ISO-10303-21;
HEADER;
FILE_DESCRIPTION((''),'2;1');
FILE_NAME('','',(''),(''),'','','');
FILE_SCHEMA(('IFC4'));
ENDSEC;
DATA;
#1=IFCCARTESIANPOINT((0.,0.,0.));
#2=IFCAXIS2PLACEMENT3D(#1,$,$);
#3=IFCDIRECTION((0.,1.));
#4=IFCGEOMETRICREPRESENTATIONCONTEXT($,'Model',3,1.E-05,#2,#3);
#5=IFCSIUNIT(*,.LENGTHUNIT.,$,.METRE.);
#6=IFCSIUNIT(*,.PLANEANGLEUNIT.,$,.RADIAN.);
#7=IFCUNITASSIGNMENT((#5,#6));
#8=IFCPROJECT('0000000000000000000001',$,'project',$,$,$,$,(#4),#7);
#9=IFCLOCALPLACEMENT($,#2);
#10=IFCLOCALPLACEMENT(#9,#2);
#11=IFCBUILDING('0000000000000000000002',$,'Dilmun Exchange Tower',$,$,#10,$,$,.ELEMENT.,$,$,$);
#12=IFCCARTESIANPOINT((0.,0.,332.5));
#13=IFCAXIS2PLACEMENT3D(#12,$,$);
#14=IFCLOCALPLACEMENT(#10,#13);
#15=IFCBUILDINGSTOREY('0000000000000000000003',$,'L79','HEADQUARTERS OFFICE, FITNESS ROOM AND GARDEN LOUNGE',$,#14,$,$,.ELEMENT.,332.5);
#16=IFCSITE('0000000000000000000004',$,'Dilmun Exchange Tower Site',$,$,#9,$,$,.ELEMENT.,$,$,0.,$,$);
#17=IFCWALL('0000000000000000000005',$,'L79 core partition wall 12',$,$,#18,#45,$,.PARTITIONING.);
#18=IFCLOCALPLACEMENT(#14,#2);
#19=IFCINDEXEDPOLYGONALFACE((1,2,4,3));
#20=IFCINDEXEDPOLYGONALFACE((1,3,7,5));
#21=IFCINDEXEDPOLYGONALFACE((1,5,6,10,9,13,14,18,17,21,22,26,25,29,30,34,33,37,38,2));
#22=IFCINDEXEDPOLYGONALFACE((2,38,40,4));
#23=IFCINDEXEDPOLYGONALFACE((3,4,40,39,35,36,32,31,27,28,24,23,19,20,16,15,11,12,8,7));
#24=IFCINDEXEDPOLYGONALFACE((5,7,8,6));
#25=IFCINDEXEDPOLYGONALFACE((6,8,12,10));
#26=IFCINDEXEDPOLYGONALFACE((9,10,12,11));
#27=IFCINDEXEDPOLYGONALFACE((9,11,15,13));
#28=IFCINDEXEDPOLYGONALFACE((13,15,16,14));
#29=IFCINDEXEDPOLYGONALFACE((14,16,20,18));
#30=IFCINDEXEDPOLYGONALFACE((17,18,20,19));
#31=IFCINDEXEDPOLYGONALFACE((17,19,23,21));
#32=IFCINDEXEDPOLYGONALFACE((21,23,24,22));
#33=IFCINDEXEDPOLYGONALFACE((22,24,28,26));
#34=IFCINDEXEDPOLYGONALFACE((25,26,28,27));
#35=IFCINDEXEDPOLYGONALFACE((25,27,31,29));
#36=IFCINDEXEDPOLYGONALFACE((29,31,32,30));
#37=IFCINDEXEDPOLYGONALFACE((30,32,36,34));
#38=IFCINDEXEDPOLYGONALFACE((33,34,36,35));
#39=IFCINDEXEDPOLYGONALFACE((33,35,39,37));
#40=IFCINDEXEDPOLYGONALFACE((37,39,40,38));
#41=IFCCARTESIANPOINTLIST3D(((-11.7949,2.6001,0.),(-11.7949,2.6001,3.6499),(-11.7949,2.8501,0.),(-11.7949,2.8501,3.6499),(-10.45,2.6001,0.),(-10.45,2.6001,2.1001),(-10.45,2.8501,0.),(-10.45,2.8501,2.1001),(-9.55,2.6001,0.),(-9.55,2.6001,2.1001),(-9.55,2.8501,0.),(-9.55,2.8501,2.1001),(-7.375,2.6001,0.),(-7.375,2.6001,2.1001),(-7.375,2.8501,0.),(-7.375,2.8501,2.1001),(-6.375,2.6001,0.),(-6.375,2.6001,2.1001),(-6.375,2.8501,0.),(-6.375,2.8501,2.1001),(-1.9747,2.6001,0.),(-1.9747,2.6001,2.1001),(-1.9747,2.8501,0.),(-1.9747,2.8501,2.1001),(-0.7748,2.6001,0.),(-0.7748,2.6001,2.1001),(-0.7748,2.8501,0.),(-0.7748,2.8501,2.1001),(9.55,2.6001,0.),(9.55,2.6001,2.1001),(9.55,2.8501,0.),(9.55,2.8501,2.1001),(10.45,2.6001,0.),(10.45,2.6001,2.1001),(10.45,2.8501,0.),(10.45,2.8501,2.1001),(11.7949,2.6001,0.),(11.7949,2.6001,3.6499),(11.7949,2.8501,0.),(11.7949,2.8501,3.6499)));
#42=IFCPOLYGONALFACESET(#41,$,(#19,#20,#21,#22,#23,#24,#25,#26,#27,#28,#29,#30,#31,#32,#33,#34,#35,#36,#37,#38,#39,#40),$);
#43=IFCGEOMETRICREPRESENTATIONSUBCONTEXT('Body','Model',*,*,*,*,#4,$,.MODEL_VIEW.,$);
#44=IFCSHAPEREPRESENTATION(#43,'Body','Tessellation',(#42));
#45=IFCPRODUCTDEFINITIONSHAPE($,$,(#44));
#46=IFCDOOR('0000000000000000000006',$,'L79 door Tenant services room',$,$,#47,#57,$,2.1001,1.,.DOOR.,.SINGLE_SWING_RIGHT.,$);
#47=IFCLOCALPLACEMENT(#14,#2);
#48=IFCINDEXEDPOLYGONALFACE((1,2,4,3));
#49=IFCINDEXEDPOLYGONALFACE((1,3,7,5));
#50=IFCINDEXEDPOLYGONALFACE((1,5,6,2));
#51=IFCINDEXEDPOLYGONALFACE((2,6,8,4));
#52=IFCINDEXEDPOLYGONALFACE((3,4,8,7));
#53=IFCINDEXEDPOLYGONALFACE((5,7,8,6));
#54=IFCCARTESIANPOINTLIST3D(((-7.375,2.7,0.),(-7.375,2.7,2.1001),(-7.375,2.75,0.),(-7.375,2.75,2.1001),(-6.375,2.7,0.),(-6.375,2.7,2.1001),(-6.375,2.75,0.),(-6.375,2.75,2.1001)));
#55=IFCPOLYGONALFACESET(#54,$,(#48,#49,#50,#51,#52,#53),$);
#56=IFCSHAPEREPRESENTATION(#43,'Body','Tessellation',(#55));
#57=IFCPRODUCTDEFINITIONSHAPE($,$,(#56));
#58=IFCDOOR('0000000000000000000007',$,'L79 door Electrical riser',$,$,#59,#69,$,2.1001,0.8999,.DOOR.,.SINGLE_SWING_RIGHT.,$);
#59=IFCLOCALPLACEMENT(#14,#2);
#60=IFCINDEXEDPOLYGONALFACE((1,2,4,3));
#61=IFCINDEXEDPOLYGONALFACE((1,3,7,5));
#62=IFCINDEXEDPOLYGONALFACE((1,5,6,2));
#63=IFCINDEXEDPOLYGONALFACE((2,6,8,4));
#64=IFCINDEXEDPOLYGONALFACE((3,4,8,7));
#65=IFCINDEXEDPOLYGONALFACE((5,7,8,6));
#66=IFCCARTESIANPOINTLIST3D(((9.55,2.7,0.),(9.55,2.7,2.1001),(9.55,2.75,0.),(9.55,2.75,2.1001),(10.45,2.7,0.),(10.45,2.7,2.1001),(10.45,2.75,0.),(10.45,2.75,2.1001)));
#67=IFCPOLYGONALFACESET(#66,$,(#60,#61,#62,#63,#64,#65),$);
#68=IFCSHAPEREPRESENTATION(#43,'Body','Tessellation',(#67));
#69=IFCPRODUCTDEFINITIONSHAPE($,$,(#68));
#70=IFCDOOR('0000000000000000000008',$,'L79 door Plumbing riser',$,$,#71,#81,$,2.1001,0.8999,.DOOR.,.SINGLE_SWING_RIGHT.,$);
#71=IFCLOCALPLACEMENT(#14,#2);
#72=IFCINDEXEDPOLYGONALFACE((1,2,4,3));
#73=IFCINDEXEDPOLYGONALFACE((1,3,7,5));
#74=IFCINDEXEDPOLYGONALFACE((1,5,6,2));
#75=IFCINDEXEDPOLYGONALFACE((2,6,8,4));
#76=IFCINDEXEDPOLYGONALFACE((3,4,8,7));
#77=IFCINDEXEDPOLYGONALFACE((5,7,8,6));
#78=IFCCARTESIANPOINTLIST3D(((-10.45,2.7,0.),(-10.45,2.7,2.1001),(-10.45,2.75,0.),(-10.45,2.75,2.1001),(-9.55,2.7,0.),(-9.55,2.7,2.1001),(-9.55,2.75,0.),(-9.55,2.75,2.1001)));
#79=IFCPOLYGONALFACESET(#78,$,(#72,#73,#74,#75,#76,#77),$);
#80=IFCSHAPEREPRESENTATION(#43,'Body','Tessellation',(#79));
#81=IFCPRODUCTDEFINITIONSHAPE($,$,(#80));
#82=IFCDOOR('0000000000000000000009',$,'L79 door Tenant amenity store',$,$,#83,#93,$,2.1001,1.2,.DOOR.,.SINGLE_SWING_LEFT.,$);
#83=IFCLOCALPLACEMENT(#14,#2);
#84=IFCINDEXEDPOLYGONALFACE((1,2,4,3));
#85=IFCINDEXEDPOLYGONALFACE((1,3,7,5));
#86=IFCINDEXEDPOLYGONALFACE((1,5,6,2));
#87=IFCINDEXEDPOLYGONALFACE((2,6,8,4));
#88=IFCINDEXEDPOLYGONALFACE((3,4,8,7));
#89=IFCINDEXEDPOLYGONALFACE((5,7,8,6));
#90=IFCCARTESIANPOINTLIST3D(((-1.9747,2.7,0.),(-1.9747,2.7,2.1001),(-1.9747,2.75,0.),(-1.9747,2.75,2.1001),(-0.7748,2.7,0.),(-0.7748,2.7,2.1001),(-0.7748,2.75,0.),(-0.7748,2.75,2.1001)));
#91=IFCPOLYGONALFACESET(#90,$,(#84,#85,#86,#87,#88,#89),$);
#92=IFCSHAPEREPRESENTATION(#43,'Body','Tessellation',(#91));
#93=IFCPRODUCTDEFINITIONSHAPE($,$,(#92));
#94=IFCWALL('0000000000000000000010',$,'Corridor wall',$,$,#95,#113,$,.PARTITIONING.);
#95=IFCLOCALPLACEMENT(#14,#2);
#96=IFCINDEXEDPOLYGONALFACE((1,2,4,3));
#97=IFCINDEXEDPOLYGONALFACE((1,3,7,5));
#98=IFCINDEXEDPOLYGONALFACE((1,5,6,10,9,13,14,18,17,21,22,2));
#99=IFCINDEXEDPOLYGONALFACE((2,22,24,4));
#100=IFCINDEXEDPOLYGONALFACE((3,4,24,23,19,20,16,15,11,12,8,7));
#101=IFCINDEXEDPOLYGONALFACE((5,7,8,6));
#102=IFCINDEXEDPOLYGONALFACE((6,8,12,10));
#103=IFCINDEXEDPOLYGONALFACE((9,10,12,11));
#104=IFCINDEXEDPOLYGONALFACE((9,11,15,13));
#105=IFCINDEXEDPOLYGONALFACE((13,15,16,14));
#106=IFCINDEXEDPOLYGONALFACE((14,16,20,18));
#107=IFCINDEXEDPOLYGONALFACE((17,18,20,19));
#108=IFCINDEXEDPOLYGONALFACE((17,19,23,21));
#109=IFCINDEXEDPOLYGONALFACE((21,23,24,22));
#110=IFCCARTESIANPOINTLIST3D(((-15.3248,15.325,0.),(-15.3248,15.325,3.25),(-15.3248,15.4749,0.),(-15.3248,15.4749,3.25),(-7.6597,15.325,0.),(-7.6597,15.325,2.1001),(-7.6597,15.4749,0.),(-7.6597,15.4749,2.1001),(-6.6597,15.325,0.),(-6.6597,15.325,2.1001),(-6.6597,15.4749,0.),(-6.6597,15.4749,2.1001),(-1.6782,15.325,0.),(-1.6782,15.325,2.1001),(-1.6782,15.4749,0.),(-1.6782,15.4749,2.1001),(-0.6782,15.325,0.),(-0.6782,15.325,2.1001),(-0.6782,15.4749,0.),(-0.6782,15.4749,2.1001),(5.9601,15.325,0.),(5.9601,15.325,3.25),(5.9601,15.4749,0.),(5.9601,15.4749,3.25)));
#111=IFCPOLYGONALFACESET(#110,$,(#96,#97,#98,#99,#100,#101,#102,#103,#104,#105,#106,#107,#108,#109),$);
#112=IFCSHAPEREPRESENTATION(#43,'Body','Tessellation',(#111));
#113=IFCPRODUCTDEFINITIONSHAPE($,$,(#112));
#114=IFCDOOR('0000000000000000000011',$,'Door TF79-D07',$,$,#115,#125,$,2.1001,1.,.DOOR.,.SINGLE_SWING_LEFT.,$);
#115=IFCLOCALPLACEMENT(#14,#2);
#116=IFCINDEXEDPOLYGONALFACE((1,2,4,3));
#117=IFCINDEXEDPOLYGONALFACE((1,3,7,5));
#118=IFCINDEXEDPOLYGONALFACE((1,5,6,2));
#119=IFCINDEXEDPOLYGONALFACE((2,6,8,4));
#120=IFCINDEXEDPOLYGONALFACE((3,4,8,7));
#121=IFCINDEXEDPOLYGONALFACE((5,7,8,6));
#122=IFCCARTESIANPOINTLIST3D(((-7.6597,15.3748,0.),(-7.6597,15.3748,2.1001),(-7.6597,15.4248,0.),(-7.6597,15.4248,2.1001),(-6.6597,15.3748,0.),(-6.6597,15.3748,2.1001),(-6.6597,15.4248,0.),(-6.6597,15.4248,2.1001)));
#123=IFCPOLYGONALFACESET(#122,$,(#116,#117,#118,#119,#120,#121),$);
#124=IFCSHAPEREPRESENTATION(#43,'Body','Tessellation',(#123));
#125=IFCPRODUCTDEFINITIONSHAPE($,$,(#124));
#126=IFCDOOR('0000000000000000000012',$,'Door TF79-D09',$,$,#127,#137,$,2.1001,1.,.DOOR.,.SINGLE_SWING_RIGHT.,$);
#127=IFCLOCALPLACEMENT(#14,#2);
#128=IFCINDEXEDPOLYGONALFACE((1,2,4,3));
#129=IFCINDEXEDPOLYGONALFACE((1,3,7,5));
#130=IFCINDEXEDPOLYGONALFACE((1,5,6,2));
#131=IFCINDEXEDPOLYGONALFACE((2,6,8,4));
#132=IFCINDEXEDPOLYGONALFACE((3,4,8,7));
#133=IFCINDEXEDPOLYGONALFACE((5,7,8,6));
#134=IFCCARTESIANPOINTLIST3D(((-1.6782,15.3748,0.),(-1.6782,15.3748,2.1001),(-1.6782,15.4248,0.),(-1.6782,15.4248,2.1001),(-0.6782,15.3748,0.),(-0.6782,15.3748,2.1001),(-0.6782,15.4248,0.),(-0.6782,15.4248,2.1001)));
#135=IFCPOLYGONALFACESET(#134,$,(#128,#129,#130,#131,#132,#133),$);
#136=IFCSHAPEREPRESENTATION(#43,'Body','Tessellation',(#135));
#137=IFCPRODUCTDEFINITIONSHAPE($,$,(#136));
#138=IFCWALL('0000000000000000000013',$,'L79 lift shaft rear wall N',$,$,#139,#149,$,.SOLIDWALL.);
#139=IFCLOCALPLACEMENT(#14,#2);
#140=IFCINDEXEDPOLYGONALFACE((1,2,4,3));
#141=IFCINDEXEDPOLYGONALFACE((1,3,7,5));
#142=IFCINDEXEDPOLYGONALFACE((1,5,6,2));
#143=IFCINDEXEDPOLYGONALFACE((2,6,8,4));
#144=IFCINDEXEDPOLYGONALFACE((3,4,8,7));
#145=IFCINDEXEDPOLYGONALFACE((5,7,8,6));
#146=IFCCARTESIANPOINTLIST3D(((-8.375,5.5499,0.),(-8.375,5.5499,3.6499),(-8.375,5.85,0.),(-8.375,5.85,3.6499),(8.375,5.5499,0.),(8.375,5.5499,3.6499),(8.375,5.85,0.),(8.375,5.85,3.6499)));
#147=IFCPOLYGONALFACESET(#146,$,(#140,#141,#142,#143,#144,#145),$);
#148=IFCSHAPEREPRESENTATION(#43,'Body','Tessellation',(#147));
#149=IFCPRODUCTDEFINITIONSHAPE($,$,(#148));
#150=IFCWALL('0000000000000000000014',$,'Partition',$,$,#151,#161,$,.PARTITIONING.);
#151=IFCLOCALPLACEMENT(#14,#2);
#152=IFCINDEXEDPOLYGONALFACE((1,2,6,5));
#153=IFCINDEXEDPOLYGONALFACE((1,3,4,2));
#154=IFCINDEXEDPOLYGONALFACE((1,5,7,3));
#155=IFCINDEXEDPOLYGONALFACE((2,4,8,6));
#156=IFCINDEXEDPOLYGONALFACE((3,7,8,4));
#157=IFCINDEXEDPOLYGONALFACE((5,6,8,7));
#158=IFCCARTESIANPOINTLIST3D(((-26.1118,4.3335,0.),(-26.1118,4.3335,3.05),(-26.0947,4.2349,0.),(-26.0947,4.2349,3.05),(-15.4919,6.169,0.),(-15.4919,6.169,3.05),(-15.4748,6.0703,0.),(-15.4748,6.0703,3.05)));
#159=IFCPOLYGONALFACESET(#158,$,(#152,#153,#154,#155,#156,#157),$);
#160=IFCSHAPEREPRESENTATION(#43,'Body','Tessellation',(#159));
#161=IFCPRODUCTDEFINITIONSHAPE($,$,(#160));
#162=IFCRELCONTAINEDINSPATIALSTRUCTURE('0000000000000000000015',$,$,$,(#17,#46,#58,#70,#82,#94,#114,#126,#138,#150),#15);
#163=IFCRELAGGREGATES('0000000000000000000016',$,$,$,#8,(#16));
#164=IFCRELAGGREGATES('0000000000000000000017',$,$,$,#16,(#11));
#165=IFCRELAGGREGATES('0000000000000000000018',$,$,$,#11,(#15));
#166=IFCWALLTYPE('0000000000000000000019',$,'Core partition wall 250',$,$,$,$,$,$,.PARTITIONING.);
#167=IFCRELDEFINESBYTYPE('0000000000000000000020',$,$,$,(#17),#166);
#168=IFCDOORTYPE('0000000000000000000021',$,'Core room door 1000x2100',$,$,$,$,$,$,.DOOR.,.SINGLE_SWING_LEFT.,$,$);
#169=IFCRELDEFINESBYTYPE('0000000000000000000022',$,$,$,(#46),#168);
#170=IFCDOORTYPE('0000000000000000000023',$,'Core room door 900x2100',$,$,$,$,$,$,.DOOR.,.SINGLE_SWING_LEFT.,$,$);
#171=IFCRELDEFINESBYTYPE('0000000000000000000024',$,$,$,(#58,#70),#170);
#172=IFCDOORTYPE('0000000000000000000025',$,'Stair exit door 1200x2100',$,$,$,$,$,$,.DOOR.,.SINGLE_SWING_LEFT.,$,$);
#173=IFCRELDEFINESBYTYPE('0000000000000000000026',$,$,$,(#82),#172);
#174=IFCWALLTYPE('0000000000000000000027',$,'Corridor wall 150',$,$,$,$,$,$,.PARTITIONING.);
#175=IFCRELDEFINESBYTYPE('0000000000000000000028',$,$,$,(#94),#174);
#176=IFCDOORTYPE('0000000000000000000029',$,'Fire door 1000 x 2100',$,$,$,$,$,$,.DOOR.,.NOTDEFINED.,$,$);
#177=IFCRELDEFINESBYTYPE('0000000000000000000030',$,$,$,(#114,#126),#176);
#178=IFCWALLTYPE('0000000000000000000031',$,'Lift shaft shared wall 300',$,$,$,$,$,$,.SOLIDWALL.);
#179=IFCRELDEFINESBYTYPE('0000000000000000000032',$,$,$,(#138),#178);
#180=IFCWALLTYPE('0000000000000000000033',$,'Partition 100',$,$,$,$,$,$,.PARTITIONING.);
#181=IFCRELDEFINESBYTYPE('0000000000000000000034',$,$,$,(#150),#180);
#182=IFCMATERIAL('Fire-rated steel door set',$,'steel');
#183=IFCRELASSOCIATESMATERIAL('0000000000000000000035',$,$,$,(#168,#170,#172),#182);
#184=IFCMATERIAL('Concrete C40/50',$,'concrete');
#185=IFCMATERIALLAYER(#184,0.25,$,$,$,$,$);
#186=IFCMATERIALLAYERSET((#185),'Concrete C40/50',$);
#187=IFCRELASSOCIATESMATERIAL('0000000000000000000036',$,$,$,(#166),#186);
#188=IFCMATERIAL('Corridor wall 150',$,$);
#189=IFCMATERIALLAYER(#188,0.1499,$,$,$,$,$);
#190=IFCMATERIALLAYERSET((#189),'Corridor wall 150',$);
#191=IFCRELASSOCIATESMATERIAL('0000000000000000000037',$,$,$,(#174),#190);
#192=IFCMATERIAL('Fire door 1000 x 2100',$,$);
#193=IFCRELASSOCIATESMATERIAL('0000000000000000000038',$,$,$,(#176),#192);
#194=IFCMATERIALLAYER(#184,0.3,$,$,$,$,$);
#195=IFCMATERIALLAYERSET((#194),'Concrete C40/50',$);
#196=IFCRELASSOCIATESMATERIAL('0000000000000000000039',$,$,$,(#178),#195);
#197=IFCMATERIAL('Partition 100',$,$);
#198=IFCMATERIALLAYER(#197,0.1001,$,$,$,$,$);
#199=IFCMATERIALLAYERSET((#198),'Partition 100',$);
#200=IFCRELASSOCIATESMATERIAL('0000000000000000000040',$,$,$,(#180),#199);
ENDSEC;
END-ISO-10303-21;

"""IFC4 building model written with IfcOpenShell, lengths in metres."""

from ifc_helpers import new_model, si_unit, direction, frame, frame_2d, origin, place, context, subcontext, project, spatial, rectangle, extrude, material, layer, layer_set, type_object, element, fill, save


model = new_model("IFC4")

# Units and contexts
model_context = context("Model", 3, precision=1e-05, world=origin(), true_north=direction((0.0, 1.0)))
body_context = subcontext(model_context, "Body", "Model", "MODEL_VIEW")
ifc_project = project(units=[si_unit("LENGTHUNIT", "METRE"), si_unit("PLANEANGLEUNIT", "RADIAN")], contexts=[model_context])

# Site, building, storey
site_placement = place(None, origin())
site = spatial("IfcSite", under=ifc_project, at=site_placement, Name="Dilmun Exchange Tower Site", CompositionType="ELEMENT", RefElevation=0.0)
building_placement = place(site_placement, origin())
building = spatial("IfcBuilding", under=site, at=building_placement, Name="Dilmun Exchange Tower", CompositionType="ELEMENT")
storey_placement = place(building_placement, frame((0.0, 0.0, 332.5)))
storey = spatial("IfcBuildingStorey", under=building, at=storey_placement, Name="L79", Description="HEADQUARTERS OFFICE, FITNESS ROOM AND GARDEN LOUNGE", CompositionType="ELEMENT", Elevation=332.5)

# Shared definitions
ifc_material_1 = material(Name="Concrete C40/50", Category="concrete")

# Shared definitions
ifc_material_2 = material(Name="Fire-rated steel door set", Category="steel")
door_type_1 = type_object("IfcDoorType", Name="Core room door 1000x2100", OperationType="SINGLE_SWING_LEFT", PredefinedType="DOOR", material=ifc_material_2)

# Walls, openings, doors
ifc_layer_1 = layer(ifc_material_1, 0.25)
ifc_layer_set_1 = layer_set([ifc_layer_1], Name="Concrete C40/50")
wall_type_1 = type_object("IfcWallType", Name="Core partition wall 250", PredefinedType="PARTITIONING", material=ifc_layer_set_1)
wall_1_placement = place(storey_placement, frame((-11.7949, 2.7251, 0.0), z_axis=(0.0, 0.0, 1.0), x_axis=(1.0, 0.0, 0.0)))
wall_1 = element("IfcWall", 1, at=wall_1_placement, inside=storey, type_object=wall_type_1, Name="L79 core partition wall 12", PredefinedType="PARTITIONING", context=body_context, shape_type="SweptSolid", body=[
    extrude(rectangle(XDim=23.5898, YDim=0.25, at=frame_2d((11.7949, 0.0))), origin(), (0.0, 0.0, 1.0), 3.6499),
])
opening_1_placement = place(wall_1_placement, frame((21.345, 0.0, 0.0)))
opening_1 = element("IfcOpeningElement", 2, at=opening_1_placement, cuts=wall_1, PredefinedType="OPENING", context=body_context, shape_type="SweptSolid", body=[
    extrude(rectangle(XDim=0.8999, YDim=2.1001, at=frame_2d((0.45, 1.05))), frame((0.0, 0.135, 0.0), z_axis=(0.0, -1.0, 0.0), x_axis=(1.0, 0.0, 0.0)), (0.0, 0.0, 1.0), 0.27),
])
opening_2_placement = place(wall_1_placement, frame((1.345, 0.0, 0.0)))
opening_2 = element("IfcOpeningElement", 3, at=opening_2_placement, cuts=wall_1, PredefinedType="OPENING", context=body_context, shape_type="SweptSolid", body=[
    extrude(rectangle(XDim=0.8999, YDim=2.1001, at=frame_2d((0.45, 1.05))), frame((0.0, 0.135, 0.0), z_axis=(0.0, -1.0, 0.0), x_axis=(1.0, 0.0, 0.0)), (0.0, 0.0, 1.0), 0.27),
])
opening_3_placement = place(wall_1_placement, frame((4.4199, 0.0, 0.0)))
opening_3 = element("IfcOpeningElement", 4, at=opening_3_placement, cuts=wall_1, PredefinedType="OPENING", context=body_context, shape_type="SweptSolid", body=[
    extrude(rectangle(XDim=1.0, YDim=2.1001, at=frame_2d((0.5, 1.05))), frame((0.0, 0.135, 0.0), z_axis=(0.0, -1.0, 0.0), x_axis=(1.0, 0.0, 0.0)), (0.0, 0.0, 1.0), 0.27),
])
opening_4_placement = place(wall_1_placement, frame((9.8201, 0.0, 0.0)))
opening_4 = element("IfcOpeningElement", 5, at=opening_4_placement, cuts=wall_1, PredefinedType="OPENING", context=body_context, shape_type="SweptSolid", body=[
    extrude(rectangle(XDim=1.2, YDim=2.1001, at=frame_2d((0.6001, 1.05))), frame((0.0, 0.135, 0.0), z_axis=(0.0, -1.0, 0.0), x_axis=(1.0, 0.0, 0.0)), (0.0, 0.0, 1.0), 0.27),
])
door_1_placement = place(opening_3_placement, origin())
door_1 = element("IfcDoor", 6, at=door_1_placement, inside=storey, type_object=door_type_1, Name="L79 door Tenant services room", OperationType="SINGLE_SWING_RIGHT", OverallHeight=2.1001, OverallWidth=1.0, PredefinedType="DOOR", context=body_context, shape_type="SweptSolid", body=[
    extrude(rectangle(XDim=1.0, YDim=2.1001, at=frame_2d((0.5, 1.05))), frame((0.0, 0.0249, 0.0), z_axis=(0.0, -1.0, 0.0), x_axis=(1.0, 0.0, 0.0)), (0.0, 0.0, 1.0), 0.05),
])
fill(opening_3, door_1)
door_type_2 = type_object("IfcDoorType", Name="Core room door 900x2100", OperationType="SINGLE_SWING_LEFT", PredefinedType="DOOR", material=ifc_material_2)
door_2_placement = place(opening_1_placement, origin())
door_2 = element("IfcDoor", 7, at=door_2_placement, inside=storey, type_object=door_type_2, Name="L79 door Electrical riser", OperationType="SINGLE_SWING_RIGHT", OverallHeight=2.1001, OverallWidth=0.8999, PredefinedType="DOOR", context=body_context, shape_type="SweptSolid", body=[
    extrude(rectangle(XDim=0.8999, YDim=2.1001, at=frame_2d((0.45, 1.05))), frame((0.0, 0.0249, 0.0), z_axis=(0.0, -1.0, 0.0), x_axis=(1.0, 0.0, 0.0)), (0.0, 0.0, 1.0), 0.05),
])
fill(opening_1, door_2)
door_3_placement = place(opening_2_placement, origin())
door_3 = element("IfcDoor", 8, at=door_3_placement, inside=storey, type_object=door_type_2, Name="L79 door Plumbing riser", OperationType="SINGLE_SWING_RIGHT", OverallHeight=2.1001, OverallWidth=0.8999, PredefinedType="DOOR", context=body_context, shape_type="SweptSolid", body=[
    extrude(rectangle(XDim=0.8999, YDim=2.1001, at=frame_2d((0.45, 1.05))), frame((0.0, 0.0249, 0.0), z_axis=(0.0, -1.0, 0.0), x_axis=(1.0, 0.0, 0.0)), (0.0, 0.0, 1.0), 0.05),
])
fill(opening_2, door_3)
door_type_3 = type_object("IfcDoorType", Name="Stair exit door 1200x2100", OperationType="SINGLE_SWING_LEFT", PredefinedType="DOOR", material=ifc_material_2)
door_4_placement = place(opening_4_placement, origin())
door_4 = element("IfcDoor", 9, at=door_4_placement, inside=storey, type_object=door_type_3, Name="L79 door Tenant amenity store", OperationType="SINGLE_SWING_LEFT", OverallHeight=2.1001, OverallWidth=1.2, PredefinedType="DOOR", context=body_context, shape_type="SweptSolid", body=[
    extrude(rectangle(XDim=1.2, YDim=2.1001, at=frame_2d((0.6001, 1.05))), frame((0.0, 0.0249, 0.0), z_axis=(0.0, -1.0, 0.0), x_axis=(1.0, 0.0, 0.0)), (0.0, 0.0, 1.0), 0.05),
])
fill(opening_4, door_4)
ifc_material_3 = material(Name="Corridor wall 150")
ifc_layer_2 = layer(ifc_material_3, 0.1499)
ifc_layer_set_2 = layer_set([ifc_layer_2], Name="Corridor wall 150")
wall_type_2 = type_object("IfcWallType", Name="Corridor wall 150", PredefinedType="PARTITIONING", material=ifc_layer_set_2)
wall_2_placement = place(storey_placement, frame((-15.325, 15.3999, 0.0), z_axis=(0.0, 0.0, 1.0), x_axis=(1.0, 0.0, 0.0)))
wall_2 = element("IfcWall", 10, at=wall_2_placement, inside=storey, type_object=wall_type_2, Name="Corridor wall", PredefinedType="PARTITIONING", context=body_context, shape_type="SweptSolid", body=[
    extrude(rectangle(XDim=21.2849, YDim=0.1499, at=frame_2d((10.6426, 0.0))), origin(), (0.0, 0.0, 1.0), 3.25),
])
opening_5_placement = place(wall_2_placement, frame((7.6653, 0.0, 0.0)))
opening_5 = element("IfcOpeningElement", 11, at=opening_5_placement, cuts=wall_2, PredefinedType="OPENING", context=body_context, shape_type="SweptSolid", body=[
    extrude(rectangle(XDim=1.0, YDim=2.1001, at=frame_2d((0.5, 1.05))), frame((0.0, 0.085, 0.0), z_axis=(0.0, -1.0, 0.0), x_axis=(1.0, 0.0, 0.0)), (0.0, 0.0, 1.0), 0.1699),
])
opening_6_placement = place(wall_2_placement, frame((13.6467, 0.0, 0.0)))
opening_6 = element("IfcOpeningElement", 12, at=opening_6_placement, cuts=wall_2, PredefinedType="OPENING", context=body_context, shape_type="SweptSolid", body=[
    extrude(rectangle(XDim=1.0, YDim=2.1001, at=frame_2d((0.5, 1.05))), frame((0.0, 0.085, 0.0), z_axis=(0.0, -1.0, 0.0), x_axis=(1.0, 0.0, 0.0)), (0.0, 0.0, 1.0), 0.1699),
])
ifc_material_4 = material(Name="Fire door 1000 x 2100")
door_type_4 = type_object("IfcDoorType", Name="Fire door 1000 x 2100", OperationType="NOTDEFINED", PredefinedType="DOOR", material=ifc_material_4)
door_5_placement = place(opening_5_placement, origin())
door_5 = element("IfcDoor", 13, at=door_5_placement, inside=storey, type_object=door_type_4, Name="Door TF79-D07", OperationType="SINGLE_SWING_LEFT", OverallHeight=2.1001, OverallWidth=1.0, PredefinedType="DOOR", context=body_context, shape_type="SweptSolid", body=[
    extrude(rectangle(XDim=1.0, YDim=2.1001, at=frame_2d((0.5, 1.05))), frame((0.0, 0.0249, 0.0), z_axis=(0.0, -1.0, 0.0), x_axis=(1.0, 0.0, 0.0)), (0.0, 0.0, 1.0), 0.05),
])
fill(opening_5, door_5)
door_6_placement = place(opening_6_placement, origin())
door_6 = element("IfcDoor", 14, at=door_6_placement, inside=storey, type_object=door_type_4, Name="Door TF79-D09", OperationType="SINGLE_SWING_RIGHT", OverallHeight=2.1001, OverallWidth=1.0, PredefinedType="DOOR", context=body_context, shape_type="SweptSolid", body=[
    extrude(rectangle(XDim=1.0, YDim=2.1001, at=frame_2d((0.5, 1.05))), frame((0.0, 0.0249, 0.0), z_axis=(0.0, -1.0, 0.0), x_axis=(1.0, 0.0, 0.0)), (0.0, 0.0, 1.0), 0.05),
])
fill(opening_6, door_6)

# Walls
ifc_layer_3 = layer(ifc_material_1, 0.3)
ifc_layer_set_3 = layer_set([ifc_layer_3], Name="Concrete C40/50")
wall_type_3 = type_object("IfcWallType", Name="Lift shaft shared wall 300", PredefinedType="SOLIDWALL", material=ifc_layer_set_3)
wall_3_placement = place(storey_placement, frame((-8.375, 5.7, 0.0), z_axis=(0.0, 0.0, 1.0), x_axis=(1.0, 0.0, 0.0)))
element("IfcWall", 15, at=wall_3_placement, inside=storey, type_object=wall_type_3, Name="L79 lift shaft rear wall N", PredefinedType="SOLIDWALL", context=body_context, shape_type="SweptSolid", body=[
    extrude(rectangle(XDim=16.75, YDim=0.3, at=frame_2d((8.375, 0.0))), origin(), (0.0, 0.0, 1.0), 3.6499),
])
ifc_material_5 = material(Name="Partition 100")
ifc_layer_4 = layer(ifc_material_5, 0.1001)
ifc_layer_set_4 = layer_set([ifc_layer_4], Name="Partition 100")
wall_type_4 = type_object("IfcWallType", Name="Partition 100", PredefinedType="PARTITIONING", material=ifc_layer_set_4)
wall_4_placement = place(storey_placement, frame((-26.1033, 4.2842, 0.0), z_axis=(0.0, 0.0, 1.0), x_axis=(0.985391, 0.170307, 0.0)))
element("IfcWall", 16, at=wall_4_placement, inside=storey, type_object=wall_type_4, Name="Partition", PredefinedType="PARTITIONING", context=body_context, shape_type="SweptSolid", body=[
    extrude(rectangle(XDim=10.7773, YDim=0.1001, at=frame_2d((5.3887, 0.0))), origin(), (0.0, 0.0, 1.0), 3.05),
])

save(model, "model.ifc")
